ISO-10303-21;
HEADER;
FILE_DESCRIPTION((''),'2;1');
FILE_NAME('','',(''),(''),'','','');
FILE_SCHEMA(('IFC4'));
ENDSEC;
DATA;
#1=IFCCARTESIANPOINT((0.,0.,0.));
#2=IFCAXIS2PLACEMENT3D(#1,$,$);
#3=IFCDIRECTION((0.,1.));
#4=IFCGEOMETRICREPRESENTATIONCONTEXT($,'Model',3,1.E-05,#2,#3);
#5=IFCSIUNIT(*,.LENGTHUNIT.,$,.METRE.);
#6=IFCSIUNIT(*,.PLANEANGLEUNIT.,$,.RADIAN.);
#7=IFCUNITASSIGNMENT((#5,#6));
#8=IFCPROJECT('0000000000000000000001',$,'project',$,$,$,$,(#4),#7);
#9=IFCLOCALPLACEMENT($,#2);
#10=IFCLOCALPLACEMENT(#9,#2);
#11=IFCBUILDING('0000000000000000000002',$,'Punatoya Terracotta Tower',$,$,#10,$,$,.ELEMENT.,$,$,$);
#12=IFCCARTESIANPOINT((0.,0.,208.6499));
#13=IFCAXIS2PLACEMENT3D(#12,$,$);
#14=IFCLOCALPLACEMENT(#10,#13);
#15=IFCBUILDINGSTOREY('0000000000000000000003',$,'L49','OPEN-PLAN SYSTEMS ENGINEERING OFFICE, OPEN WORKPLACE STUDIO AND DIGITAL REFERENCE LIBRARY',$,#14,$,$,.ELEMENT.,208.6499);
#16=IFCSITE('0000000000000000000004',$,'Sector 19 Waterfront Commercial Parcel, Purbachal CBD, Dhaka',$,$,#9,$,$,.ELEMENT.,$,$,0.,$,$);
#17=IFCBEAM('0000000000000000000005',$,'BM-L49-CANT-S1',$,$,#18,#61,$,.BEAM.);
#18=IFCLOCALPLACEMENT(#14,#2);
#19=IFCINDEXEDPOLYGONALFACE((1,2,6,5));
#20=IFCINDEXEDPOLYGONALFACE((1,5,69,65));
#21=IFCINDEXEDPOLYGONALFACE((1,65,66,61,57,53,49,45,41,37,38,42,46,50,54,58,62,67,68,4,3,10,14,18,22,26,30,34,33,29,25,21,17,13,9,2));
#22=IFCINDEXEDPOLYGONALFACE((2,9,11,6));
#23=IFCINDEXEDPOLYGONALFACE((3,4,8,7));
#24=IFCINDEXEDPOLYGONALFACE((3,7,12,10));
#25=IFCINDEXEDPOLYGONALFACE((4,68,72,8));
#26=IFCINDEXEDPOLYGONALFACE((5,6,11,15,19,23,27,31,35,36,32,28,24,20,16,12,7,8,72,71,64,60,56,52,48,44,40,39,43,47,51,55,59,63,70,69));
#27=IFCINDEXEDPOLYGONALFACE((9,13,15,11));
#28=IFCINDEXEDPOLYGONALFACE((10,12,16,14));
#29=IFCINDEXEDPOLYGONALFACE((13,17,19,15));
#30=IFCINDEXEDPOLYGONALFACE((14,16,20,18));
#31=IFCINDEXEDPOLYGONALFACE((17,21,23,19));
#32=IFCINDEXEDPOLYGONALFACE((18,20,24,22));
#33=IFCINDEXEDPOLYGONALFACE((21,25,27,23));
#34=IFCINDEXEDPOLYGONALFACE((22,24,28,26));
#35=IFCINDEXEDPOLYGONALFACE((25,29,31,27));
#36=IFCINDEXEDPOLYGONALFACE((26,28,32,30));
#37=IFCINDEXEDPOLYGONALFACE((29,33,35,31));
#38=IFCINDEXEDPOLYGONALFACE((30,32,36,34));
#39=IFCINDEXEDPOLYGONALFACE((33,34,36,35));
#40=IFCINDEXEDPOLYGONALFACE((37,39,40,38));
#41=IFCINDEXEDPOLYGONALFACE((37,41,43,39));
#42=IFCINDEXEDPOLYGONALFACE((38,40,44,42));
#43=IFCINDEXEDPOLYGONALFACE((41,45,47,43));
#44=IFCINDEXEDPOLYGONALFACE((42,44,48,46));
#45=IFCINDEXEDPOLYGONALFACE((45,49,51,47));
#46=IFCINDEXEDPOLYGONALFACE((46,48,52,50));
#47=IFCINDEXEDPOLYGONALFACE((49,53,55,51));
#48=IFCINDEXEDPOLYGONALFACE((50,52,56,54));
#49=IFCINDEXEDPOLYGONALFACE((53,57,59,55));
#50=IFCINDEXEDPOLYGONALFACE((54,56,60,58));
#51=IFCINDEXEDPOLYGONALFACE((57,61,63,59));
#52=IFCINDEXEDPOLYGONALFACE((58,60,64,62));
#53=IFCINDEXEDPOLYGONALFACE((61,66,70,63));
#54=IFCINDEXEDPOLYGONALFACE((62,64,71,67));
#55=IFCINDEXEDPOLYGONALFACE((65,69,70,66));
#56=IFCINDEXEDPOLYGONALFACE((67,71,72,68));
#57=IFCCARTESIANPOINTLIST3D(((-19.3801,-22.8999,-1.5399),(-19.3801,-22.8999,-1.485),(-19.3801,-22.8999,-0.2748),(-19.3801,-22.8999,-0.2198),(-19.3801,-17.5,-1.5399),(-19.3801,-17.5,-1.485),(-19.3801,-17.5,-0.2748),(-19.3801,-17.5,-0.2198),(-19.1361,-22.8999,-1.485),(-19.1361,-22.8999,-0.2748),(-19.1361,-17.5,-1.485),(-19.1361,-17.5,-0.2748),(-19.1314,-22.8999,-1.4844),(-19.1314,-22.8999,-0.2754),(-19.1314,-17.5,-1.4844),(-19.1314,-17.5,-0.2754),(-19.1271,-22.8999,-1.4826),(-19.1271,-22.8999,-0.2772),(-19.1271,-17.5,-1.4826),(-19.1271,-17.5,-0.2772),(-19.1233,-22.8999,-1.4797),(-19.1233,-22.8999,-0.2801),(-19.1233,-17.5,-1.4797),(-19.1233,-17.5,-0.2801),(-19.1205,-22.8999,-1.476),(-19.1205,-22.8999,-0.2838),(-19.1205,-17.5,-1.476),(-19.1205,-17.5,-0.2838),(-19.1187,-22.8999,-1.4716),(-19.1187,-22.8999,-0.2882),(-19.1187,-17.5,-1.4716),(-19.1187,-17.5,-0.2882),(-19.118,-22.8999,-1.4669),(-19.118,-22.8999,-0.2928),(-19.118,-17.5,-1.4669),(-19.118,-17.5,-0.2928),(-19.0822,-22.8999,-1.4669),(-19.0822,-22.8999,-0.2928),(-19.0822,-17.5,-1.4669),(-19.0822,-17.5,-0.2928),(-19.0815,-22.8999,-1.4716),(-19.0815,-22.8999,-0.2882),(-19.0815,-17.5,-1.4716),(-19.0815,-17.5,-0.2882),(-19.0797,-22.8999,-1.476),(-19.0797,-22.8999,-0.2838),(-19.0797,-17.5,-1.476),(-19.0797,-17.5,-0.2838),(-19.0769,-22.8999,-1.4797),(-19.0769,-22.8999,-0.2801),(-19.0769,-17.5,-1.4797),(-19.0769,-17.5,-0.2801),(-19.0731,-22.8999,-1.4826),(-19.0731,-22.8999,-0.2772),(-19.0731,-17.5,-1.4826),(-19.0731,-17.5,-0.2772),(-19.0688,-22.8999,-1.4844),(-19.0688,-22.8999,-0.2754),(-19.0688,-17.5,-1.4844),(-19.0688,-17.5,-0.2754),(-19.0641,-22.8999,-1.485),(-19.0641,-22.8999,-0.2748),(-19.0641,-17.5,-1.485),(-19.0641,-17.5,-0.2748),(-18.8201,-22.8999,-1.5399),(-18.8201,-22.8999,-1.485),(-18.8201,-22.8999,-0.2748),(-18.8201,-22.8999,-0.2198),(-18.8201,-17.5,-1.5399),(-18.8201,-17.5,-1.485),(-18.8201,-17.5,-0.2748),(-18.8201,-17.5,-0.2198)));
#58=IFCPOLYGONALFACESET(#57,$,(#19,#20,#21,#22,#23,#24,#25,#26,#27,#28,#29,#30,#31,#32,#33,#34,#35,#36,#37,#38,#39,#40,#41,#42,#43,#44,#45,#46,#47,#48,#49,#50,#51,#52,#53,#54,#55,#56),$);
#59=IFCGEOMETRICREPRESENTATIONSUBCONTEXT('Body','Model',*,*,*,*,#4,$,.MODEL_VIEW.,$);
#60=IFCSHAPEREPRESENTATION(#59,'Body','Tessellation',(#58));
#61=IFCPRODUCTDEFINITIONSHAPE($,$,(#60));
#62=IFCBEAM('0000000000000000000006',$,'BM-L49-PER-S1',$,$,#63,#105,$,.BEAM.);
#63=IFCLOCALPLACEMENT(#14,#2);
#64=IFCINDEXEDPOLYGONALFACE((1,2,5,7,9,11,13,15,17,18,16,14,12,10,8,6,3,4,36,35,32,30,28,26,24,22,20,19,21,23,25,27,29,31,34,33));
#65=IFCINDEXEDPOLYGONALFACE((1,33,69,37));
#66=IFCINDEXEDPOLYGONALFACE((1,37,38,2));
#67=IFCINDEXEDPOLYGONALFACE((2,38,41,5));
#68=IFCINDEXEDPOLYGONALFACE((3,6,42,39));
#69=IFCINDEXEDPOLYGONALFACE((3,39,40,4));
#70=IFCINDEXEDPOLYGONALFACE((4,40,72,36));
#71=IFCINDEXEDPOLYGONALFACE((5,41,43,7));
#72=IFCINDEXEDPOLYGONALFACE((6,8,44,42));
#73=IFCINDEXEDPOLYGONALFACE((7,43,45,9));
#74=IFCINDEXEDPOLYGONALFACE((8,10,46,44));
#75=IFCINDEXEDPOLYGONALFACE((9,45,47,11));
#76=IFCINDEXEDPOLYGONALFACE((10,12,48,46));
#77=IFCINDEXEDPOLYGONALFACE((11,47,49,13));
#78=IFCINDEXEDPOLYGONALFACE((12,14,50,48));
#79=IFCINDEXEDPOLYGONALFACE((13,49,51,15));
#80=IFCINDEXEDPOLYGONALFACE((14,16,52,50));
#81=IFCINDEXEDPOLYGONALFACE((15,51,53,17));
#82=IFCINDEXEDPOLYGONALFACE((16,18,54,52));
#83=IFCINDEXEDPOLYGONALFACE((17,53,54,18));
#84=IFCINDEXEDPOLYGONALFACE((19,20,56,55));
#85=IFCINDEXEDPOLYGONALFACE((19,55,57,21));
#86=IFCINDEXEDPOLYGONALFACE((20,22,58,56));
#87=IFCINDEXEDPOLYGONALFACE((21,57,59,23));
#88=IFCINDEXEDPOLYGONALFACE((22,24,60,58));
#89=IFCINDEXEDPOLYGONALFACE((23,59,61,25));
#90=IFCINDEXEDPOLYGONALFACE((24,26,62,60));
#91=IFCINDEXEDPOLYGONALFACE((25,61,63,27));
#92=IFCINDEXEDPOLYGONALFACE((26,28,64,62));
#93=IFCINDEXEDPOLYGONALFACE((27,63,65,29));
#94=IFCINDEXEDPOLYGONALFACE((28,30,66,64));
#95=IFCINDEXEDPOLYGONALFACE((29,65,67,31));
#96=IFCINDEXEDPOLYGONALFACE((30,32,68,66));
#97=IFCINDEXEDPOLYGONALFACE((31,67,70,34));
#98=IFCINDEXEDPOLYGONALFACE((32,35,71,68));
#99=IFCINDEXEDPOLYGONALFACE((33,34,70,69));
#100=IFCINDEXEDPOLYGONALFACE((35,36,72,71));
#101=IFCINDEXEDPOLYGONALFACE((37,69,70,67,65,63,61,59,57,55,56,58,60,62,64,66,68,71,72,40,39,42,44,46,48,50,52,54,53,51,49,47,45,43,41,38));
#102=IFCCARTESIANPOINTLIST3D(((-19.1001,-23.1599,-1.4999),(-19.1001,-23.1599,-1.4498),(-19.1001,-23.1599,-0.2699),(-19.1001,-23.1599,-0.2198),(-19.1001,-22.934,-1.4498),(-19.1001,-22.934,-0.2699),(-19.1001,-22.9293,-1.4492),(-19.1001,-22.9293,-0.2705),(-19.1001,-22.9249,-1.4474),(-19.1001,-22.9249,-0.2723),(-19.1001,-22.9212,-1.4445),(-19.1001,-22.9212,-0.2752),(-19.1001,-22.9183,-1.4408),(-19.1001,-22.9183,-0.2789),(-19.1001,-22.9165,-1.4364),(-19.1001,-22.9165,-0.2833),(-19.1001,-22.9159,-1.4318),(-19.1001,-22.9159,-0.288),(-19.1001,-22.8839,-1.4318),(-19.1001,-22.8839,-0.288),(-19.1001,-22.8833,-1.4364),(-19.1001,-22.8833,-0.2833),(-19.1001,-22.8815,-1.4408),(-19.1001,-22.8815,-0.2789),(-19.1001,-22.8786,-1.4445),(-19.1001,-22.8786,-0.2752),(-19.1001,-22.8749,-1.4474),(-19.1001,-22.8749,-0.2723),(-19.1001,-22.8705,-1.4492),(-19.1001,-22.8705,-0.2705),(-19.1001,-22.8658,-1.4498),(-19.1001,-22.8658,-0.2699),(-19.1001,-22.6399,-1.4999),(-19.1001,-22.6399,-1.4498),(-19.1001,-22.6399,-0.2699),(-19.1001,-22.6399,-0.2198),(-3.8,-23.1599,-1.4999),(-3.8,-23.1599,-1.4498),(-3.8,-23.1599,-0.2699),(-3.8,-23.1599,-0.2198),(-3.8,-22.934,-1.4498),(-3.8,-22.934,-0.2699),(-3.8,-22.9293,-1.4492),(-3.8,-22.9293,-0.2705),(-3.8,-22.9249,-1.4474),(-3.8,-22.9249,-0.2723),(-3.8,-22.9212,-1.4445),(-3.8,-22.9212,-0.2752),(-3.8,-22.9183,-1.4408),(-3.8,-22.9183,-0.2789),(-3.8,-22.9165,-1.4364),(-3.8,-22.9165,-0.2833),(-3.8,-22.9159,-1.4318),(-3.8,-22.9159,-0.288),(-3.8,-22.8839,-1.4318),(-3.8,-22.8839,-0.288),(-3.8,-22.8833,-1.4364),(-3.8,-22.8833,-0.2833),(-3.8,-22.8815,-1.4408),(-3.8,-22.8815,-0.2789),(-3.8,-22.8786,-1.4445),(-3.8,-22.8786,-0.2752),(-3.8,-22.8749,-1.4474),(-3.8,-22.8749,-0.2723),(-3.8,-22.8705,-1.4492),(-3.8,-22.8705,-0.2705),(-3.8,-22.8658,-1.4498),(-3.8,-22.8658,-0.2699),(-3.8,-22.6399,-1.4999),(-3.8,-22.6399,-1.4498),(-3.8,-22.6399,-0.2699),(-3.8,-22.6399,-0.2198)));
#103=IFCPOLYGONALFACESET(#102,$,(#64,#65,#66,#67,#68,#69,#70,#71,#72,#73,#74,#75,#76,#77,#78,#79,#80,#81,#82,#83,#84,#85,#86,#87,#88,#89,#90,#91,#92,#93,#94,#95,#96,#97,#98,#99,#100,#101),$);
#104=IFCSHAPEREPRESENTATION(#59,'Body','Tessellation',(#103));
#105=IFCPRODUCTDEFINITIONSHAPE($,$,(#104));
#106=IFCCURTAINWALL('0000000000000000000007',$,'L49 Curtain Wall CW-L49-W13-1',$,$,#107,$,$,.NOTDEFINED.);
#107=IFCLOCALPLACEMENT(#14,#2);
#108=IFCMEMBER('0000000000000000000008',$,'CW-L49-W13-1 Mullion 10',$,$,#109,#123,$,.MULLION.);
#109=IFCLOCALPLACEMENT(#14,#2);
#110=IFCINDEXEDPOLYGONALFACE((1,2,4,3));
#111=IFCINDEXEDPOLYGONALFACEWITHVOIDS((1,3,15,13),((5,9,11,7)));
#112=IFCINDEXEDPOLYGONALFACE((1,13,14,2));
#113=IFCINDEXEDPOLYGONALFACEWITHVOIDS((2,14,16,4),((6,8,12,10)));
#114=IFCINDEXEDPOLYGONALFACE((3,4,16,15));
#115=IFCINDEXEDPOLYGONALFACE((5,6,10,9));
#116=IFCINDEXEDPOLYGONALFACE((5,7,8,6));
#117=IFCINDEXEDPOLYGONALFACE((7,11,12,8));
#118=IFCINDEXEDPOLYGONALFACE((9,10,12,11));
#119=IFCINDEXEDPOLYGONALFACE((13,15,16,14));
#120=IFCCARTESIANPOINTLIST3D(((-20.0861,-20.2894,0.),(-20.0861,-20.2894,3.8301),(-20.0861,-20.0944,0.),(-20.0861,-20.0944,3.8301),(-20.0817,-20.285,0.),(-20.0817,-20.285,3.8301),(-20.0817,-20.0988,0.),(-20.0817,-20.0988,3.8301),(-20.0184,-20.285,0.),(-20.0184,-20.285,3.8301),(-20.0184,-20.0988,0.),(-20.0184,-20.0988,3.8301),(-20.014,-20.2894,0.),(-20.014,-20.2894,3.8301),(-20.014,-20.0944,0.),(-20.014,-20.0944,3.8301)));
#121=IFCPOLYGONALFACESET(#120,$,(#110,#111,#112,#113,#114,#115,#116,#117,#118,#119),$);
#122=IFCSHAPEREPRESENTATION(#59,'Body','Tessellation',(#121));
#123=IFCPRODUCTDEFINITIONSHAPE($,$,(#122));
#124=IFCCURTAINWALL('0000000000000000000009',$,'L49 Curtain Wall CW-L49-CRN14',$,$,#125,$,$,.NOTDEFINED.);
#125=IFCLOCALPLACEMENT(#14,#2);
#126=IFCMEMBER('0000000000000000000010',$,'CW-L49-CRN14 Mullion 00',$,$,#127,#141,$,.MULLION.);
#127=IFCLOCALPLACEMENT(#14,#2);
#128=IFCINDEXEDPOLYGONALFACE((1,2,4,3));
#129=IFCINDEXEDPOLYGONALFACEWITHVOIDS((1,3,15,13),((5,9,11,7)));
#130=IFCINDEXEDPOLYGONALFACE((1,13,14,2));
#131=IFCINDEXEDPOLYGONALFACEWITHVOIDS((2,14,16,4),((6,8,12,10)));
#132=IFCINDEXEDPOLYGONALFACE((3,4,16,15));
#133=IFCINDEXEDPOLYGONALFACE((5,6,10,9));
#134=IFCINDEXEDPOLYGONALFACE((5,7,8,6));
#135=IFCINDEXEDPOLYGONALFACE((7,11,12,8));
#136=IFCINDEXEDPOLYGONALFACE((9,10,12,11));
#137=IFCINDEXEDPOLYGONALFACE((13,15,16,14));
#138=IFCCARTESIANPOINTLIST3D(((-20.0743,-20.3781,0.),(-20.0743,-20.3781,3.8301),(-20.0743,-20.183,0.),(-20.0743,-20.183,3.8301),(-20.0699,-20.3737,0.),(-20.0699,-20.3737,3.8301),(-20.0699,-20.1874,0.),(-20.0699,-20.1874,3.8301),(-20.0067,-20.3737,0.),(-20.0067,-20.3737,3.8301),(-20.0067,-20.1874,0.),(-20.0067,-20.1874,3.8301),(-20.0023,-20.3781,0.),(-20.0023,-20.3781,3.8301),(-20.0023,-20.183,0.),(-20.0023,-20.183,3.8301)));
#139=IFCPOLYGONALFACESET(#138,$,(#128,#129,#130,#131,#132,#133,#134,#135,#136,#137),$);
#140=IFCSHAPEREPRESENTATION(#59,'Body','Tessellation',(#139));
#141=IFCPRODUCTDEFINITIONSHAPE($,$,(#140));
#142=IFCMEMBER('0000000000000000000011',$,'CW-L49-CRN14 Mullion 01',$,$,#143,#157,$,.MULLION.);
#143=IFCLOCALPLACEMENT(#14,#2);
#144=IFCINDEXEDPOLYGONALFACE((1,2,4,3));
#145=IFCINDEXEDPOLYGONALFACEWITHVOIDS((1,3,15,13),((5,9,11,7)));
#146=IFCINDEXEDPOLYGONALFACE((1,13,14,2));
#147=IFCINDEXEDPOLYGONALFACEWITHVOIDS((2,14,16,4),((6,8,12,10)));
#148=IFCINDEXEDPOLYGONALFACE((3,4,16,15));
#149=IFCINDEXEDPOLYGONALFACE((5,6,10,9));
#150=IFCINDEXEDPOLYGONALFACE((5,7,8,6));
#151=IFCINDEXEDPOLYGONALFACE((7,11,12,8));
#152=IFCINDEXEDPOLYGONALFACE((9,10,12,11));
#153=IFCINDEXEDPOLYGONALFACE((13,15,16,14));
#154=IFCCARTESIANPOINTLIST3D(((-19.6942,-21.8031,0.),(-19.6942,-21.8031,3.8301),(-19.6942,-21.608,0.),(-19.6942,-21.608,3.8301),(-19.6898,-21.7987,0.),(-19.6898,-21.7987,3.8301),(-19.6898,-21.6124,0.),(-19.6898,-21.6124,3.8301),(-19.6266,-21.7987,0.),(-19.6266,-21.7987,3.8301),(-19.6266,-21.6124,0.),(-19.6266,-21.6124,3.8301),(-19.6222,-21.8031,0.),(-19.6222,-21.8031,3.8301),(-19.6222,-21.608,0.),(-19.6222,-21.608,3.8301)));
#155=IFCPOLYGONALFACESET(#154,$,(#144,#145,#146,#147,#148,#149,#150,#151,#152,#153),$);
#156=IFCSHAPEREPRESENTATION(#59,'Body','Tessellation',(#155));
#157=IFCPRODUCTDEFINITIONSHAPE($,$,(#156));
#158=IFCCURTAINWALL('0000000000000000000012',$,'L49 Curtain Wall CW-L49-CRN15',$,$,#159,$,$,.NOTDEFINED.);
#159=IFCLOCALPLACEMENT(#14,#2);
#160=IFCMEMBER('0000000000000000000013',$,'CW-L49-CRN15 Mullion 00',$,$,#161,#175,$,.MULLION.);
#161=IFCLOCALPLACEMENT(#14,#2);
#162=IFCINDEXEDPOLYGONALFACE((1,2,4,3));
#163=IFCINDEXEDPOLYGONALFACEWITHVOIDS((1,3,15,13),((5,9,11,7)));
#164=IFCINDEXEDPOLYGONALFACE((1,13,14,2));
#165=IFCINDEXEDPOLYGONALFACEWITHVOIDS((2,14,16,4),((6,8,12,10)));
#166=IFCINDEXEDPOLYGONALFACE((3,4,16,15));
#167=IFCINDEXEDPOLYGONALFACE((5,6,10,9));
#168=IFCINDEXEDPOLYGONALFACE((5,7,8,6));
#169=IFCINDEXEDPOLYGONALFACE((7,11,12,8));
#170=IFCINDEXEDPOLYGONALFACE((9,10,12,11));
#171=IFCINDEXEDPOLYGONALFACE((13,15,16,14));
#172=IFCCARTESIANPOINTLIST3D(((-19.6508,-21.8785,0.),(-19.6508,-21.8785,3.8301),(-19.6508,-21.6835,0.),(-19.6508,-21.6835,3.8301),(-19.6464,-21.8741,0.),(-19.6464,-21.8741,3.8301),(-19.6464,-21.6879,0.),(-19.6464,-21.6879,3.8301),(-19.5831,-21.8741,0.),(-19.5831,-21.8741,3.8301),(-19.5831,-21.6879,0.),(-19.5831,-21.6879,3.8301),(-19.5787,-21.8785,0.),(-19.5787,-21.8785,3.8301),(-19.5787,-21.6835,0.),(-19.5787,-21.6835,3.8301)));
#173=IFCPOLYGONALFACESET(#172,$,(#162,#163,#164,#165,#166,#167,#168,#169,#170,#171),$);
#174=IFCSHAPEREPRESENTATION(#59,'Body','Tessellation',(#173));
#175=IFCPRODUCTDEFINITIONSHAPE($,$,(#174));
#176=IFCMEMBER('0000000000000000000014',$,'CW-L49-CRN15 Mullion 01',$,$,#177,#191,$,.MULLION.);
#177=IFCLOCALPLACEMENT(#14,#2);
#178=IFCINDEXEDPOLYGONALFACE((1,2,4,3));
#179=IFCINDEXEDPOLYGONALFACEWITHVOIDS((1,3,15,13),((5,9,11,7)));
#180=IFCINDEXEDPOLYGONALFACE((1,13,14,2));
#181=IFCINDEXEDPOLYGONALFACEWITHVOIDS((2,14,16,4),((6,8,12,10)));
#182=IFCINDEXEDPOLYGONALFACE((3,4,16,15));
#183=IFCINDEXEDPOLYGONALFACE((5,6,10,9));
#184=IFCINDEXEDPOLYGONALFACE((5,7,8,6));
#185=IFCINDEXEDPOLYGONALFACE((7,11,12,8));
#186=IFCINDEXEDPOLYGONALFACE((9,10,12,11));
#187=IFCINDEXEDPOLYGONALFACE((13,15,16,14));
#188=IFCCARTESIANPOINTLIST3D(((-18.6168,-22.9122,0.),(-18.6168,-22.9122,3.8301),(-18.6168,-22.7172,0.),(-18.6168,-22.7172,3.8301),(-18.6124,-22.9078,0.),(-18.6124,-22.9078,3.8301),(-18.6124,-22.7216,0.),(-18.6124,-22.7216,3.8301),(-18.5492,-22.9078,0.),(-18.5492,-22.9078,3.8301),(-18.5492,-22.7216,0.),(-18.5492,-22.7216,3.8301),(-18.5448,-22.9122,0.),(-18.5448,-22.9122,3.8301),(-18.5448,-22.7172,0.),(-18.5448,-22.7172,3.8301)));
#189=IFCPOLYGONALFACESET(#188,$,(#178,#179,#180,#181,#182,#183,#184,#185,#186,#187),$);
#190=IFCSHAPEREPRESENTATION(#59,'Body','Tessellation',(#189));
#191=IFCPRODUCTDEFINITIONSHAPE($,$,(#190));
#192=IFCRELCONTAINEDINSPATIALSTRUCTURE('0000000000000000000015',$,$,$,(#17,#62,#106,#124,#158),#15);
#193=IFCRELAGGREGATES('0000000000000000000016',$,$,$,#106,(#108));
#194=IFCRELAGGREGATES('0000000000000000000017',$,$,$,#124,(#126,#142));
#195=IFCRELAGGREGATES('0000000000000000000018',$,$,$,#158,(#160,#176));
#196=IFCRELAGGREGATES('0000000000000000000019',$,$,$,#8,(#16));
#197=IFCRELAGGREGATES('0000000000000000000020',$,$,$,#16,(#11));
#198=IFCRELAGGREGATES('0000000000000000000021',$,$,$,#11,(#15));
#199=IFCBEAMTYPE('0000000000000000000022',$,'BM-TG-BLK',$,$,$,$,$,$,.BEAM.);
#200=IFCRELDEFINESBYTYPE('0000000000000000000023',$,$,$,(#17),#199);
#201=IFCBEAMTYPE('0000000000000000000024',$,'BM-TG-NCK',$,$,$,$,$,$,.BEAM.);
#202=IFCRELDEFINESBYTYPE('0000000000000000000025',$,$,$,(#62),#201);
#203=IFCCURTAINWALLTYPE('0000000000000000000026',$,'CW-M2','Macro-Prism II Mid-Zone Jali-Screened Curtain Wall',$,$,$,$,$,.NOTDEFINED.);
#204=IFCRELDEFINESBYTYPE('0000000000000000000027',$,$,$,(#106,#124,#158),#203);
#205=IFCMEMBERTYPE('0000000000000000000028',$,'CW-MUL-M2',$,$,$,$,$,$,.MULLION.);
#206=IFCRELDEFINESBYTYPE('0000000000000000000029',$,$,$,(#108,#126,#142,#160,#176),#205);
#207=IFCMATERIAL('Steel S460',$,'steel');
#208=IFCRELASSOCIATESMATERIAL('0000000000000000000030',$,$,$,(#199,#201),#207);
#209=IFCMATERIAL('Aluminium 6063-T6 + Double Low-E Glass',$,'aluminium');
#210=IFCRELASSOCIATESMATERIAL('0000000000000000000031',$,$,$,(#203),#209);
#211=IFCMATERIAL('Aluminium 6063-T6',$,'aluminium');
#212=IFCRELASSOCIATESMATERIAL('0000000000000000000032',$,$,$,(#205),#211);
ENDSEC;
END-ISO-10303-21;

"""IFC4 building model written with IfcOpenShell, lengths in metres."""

from ifc_helpers import new_model, si_unit, direction, frame, origin, origin_2d, place, context, subcontext, project, spatial, hollow_rectangle, i_section, extrude, material, material_profile, profile_set, type_object, element, aggregate, save


model = new_model("IFC4")

# Units and contexts
model_context = context("Model", 3, precision=1e-05, world=origin(), true_north=direction((0.0, 1.0)))
body_context = subcontext(model_context, "Body", "Model", "MODEL_VIEW")
ifc_project = project(units=[si_unit("LENGTHUNIT", "METRE"), si_unit("PLANEANGLEUNIT", "RADIAN")], contexts=[model_context])

# Site, building, storey
site_placement = place(None, origin())
site = spatial("IfcSite", under=ifc_project, at=site_placement, Name="Sector 19 Waterfront Commercial Parcel, Purbachal CBD, Dhaka", CompositionType="ELEMENT", RefElevation=0.0)
building_placement = place(site_placement, origin())
building = spatial("IfcBuilding", under=site, at=building_placement, Name="Punatoya Terracotta Tower", CompositionType="ELEMENT")
storey_placement = place(building_placement, frame((0.0, 0.0, 208.6499)))
storey = spatial("IfcBuildingStorey", under=building, at=storey_placement, Name="L49", Description="OPEN-PLAN SYSTEMS ENGINEERING OFFICE, OPEN WORKPLACE STUDIO AND DIGITAL REFERENCE LIBRARY", CompositionType="ELEMENT", Elevation=208.6499)

# Shared definitions
ifc_material_1 = material(Name="Steel S460", Category="steel")

# Beams
ifc_material_profile_1 = material_profile(ifc_material_1, i_section(OverallWidth=0.5601, OverallDepth=1.3201, WebThickness=0.0359, FlangeThickness=0.0549, FilletRadius=0.0181, at=origin_2d()))
ifc_profile_set_1 = profile_set([ifc_material_profile_1], Name="Steel S460")
beam_type_1 = type_object("IfcBeamType", Name="BM-TG-BLK", PredefinedType="BEAM", material=ifc_profile_set_1)
beam_1_placement = place(storey_placement, frame((-19.1001, -22.8999, -0.8799), z_axis=(0.0, 1.0, 0.0), x_axis=(-1.0, 0.0, 0.0)))
element("IfcBeam", 1, at=beam_1_placement, inside=storey, type_object=beam_type_1, Name="BM-L49-CANT-S1", PredefinedType="BEAM", context=body_context, shape_type="SweptSolid", body=[
    extrude(i_section(OverallWidth=0.5601, OverallDepth=1.3201, WebThickness=0.0359, FlangeThickness=0.0549, FilletRadius=0.0181, at=origin_2d()), origin(), (0.0, 0.0, 1.0), 5.3999),
])
ifc_material_profile_2 = material_profile(ifc_material_1, i_section(OverallWidth=0.52, OverallDepth=1.28, WebThickness=0.032, FlangeThickness=0.05, FilletRadius=0.0181, at=origin_2d()))
ifc_profile_set_2 = profile_set([ifc_material_profile_2], Name="Steel S460")
beam_type_2 = type_object("IfcBeamType", Name="BM-TG-NCK", PredefinedType="BEAM", material=ifc_profile_set_2)
beam_2_placement = place(storey_placement, frame((-19.1001, -22.8999, -0.8599), z_axis=(1.0, 0.0, 0.0), x_axis=(0.0, 1.0, 0.0)))
element("IfcBeam", 2, at=beam_2_placement, inside=storey, type_object=beam_type_2, Name="BM-L49-PER-S1", PredefinedType="BEAM", context=body_context, shape_type="SweptSolid", body=[
    extrude(i_section(OverallWidth=0.52, OverallDepth=1.28, WebThickness=0.032, FlangeThickness=0.05, FilletRadius=0.0181, at=origin_2d()), origin(), (0.0, 0.0, 1.0), 15.3),
])

# Curtain wall, member
ifc_material_2 = material(Name="Aluminium 6063-T6 + Double Low-E Glass", Category="aluminium")
curtain_wall_type = type_object("IfcCurtainWallType", Name="CW-M2", Description="Macro-Prism II Mid-Zone Jali-Screened Curtain Wall", PredefinedType="NOTDEFINED", material=ifc_material_2)
curtain_wall_1_placement = place(storey_placement, origin())
curtain_wall_1 = element("IfcCurtainWall", 3, at=curtain_wall_1_placement, inside=storey, type_object=curtain_wall_type, Name="L49 Curtain Wall CW-L49-W13-1", PredefinedType="NOTDEFINED")
ifc_material_3 = material(Name="Aluminium 6063-T6", Category="aluminium")
ifc_material_profile_3 = material_profile(ifc_material_3, hollow_rectangle(XDim=0.072, YDim=0.1951, WallThickness=0.0044, at=origin_2d()))
ifc_profile_set_3 = profile_set([ifc_material_profile_3], Name="Aluminium 6063-T6")
member_type_1 = type_object("IfcMemberType", Name="CW-MUL-M2", PredefinedType="MULLION", material=ifc_profile_set_3)
member_1_placement = place(storey_placement, frame((-20.05, -20.1919, 0.0), z_axis=(0.0, 0.0, 1.0), x_axis=(1.0, 0.0, 0.0)))
member_1 = element("IfcMember", 4, at=member_1_placement, type_object=member_type_1, Name="CW-L49-W13-1 Mullion 10", PredefinedType="MULLION", context=body_context, shape_type="SweptSolid", body=[
    extrude(hollow_rectangle(XDim=0.072, YDim=0.1951, WallThickness=0.0044, at=origin_2d()), origin(), (0.0, 0.0, 1.0), 3.8301),
])

# Curtain walls, members
curtain_wall_2_placement = place(storey_placement, origin())
curtain_wall_2 = element("IfcCurtainWall", 5, at=curtain_wall_2_placement, inside=storey, type_object=curtain_wall_type, Name="L49 Curtain Wall CW-L49-CRN14", PredefinedType="NOTDEFINED")
member_2_placement = place(storey_placement, frame((-20.0383, -20.2805, 0.0), z_axis=(0.0, 0.0, 1.0), x_axis=(1.0, 0.0, 0.0)))
member_2 = element("IfcMember", 6, at=member_2_placement, type_object=member_type_1, Name="CW-L49-CRN14 Mullion 00", PredefinedType="MULLION", context=body_context, shape_type="SweptSolid", body=[
    extrude(hollow_rectangle(XDim=0.072, YDim=0.1951, WallThickness=0.0044, at=origin_2d()), origin(), (0.0, 0.0, 1.0), 3.8301),
])
member_3_placement = place(storey_placement, frame((-19.6582, -21.7056, 0.0), z_axis=(0.0, 0.0, 1.0), x_axis=(1.0, 0.0, 0.0)))
member_3 = element("IfcMember", 7, at=member_3_placement, type_object=member_type_1, Name="CW-L49-CRN14 Mullion 01", PredefinedType="MULLION", context=body_context, shape_type="SweptSolid", body=[
    extrude(hollow_rectangle(XDim=0.072, YDim=0.1951, WallThickness=0.0044, at=origin_2d()), origin(), (0.0, 0.0, 1.0), 3.8301),
])
curtain_wall_3_placement = place(storey_placement, origin())
curtain_wall_3 = element("IfcCurtainWall", 8, at=curtain_wall_3_placement, inside=storey, type_object=curtain_wall_type, Name="L49 Curtain Wall CW-L49-CRN15", PredefinedType="NOTDEFINED")
member_4_placement = place(storey_placement, frame((-19.6147, -21.781, 0.0), z_axis=(0.0, 0.0, 1.0), x_axis=(1.0, 0.0, 0.0)))
member_4 = element("IfcMember", 9, at=member_4_placement, type_object=member_type_1, Name="CW-L49-CRN15 Mullion 00", PredefinedType="MULLION", context=body_context, shape_type="SweptSolid", body=[
    extrude(hollow_rectangle(XDim=0.072, YDim=0.1951, WallThickness=0.0044, at=origin_2d()), origin(), (0.0, 0.0, 1.0), 3.8301),
])
member_5_placement = place(storey_placement, frame((-18.5808, -22.8147, 0.0), z_axis=(0.0, 0.0, 1.0), x_axis=(1.0, 0.0, 0.0)))
member_5 = element("IfcMember", 10, at=member_5_placement, type_object=member_type_1, Name="CW-L49-CRN15 Mullion 01", PredefinedType="MULLION", context=body_context, shape_type="SweptSolid", body=[
    extrude(hollow_rectangle(XDim=0.072, YDim=0.1951, WallThickness=0.0044, at=origin_2d()), origin(), (0.0, 0.0, 1.0), 3.8301),
])

aggregate(curtain_wall_1, [member_1])
aggregate(curtain_wall_2, [member_2, member_3])
aggregate(curtain_wall_3, [member_4, member_5])

save(model, "model.ifc")
